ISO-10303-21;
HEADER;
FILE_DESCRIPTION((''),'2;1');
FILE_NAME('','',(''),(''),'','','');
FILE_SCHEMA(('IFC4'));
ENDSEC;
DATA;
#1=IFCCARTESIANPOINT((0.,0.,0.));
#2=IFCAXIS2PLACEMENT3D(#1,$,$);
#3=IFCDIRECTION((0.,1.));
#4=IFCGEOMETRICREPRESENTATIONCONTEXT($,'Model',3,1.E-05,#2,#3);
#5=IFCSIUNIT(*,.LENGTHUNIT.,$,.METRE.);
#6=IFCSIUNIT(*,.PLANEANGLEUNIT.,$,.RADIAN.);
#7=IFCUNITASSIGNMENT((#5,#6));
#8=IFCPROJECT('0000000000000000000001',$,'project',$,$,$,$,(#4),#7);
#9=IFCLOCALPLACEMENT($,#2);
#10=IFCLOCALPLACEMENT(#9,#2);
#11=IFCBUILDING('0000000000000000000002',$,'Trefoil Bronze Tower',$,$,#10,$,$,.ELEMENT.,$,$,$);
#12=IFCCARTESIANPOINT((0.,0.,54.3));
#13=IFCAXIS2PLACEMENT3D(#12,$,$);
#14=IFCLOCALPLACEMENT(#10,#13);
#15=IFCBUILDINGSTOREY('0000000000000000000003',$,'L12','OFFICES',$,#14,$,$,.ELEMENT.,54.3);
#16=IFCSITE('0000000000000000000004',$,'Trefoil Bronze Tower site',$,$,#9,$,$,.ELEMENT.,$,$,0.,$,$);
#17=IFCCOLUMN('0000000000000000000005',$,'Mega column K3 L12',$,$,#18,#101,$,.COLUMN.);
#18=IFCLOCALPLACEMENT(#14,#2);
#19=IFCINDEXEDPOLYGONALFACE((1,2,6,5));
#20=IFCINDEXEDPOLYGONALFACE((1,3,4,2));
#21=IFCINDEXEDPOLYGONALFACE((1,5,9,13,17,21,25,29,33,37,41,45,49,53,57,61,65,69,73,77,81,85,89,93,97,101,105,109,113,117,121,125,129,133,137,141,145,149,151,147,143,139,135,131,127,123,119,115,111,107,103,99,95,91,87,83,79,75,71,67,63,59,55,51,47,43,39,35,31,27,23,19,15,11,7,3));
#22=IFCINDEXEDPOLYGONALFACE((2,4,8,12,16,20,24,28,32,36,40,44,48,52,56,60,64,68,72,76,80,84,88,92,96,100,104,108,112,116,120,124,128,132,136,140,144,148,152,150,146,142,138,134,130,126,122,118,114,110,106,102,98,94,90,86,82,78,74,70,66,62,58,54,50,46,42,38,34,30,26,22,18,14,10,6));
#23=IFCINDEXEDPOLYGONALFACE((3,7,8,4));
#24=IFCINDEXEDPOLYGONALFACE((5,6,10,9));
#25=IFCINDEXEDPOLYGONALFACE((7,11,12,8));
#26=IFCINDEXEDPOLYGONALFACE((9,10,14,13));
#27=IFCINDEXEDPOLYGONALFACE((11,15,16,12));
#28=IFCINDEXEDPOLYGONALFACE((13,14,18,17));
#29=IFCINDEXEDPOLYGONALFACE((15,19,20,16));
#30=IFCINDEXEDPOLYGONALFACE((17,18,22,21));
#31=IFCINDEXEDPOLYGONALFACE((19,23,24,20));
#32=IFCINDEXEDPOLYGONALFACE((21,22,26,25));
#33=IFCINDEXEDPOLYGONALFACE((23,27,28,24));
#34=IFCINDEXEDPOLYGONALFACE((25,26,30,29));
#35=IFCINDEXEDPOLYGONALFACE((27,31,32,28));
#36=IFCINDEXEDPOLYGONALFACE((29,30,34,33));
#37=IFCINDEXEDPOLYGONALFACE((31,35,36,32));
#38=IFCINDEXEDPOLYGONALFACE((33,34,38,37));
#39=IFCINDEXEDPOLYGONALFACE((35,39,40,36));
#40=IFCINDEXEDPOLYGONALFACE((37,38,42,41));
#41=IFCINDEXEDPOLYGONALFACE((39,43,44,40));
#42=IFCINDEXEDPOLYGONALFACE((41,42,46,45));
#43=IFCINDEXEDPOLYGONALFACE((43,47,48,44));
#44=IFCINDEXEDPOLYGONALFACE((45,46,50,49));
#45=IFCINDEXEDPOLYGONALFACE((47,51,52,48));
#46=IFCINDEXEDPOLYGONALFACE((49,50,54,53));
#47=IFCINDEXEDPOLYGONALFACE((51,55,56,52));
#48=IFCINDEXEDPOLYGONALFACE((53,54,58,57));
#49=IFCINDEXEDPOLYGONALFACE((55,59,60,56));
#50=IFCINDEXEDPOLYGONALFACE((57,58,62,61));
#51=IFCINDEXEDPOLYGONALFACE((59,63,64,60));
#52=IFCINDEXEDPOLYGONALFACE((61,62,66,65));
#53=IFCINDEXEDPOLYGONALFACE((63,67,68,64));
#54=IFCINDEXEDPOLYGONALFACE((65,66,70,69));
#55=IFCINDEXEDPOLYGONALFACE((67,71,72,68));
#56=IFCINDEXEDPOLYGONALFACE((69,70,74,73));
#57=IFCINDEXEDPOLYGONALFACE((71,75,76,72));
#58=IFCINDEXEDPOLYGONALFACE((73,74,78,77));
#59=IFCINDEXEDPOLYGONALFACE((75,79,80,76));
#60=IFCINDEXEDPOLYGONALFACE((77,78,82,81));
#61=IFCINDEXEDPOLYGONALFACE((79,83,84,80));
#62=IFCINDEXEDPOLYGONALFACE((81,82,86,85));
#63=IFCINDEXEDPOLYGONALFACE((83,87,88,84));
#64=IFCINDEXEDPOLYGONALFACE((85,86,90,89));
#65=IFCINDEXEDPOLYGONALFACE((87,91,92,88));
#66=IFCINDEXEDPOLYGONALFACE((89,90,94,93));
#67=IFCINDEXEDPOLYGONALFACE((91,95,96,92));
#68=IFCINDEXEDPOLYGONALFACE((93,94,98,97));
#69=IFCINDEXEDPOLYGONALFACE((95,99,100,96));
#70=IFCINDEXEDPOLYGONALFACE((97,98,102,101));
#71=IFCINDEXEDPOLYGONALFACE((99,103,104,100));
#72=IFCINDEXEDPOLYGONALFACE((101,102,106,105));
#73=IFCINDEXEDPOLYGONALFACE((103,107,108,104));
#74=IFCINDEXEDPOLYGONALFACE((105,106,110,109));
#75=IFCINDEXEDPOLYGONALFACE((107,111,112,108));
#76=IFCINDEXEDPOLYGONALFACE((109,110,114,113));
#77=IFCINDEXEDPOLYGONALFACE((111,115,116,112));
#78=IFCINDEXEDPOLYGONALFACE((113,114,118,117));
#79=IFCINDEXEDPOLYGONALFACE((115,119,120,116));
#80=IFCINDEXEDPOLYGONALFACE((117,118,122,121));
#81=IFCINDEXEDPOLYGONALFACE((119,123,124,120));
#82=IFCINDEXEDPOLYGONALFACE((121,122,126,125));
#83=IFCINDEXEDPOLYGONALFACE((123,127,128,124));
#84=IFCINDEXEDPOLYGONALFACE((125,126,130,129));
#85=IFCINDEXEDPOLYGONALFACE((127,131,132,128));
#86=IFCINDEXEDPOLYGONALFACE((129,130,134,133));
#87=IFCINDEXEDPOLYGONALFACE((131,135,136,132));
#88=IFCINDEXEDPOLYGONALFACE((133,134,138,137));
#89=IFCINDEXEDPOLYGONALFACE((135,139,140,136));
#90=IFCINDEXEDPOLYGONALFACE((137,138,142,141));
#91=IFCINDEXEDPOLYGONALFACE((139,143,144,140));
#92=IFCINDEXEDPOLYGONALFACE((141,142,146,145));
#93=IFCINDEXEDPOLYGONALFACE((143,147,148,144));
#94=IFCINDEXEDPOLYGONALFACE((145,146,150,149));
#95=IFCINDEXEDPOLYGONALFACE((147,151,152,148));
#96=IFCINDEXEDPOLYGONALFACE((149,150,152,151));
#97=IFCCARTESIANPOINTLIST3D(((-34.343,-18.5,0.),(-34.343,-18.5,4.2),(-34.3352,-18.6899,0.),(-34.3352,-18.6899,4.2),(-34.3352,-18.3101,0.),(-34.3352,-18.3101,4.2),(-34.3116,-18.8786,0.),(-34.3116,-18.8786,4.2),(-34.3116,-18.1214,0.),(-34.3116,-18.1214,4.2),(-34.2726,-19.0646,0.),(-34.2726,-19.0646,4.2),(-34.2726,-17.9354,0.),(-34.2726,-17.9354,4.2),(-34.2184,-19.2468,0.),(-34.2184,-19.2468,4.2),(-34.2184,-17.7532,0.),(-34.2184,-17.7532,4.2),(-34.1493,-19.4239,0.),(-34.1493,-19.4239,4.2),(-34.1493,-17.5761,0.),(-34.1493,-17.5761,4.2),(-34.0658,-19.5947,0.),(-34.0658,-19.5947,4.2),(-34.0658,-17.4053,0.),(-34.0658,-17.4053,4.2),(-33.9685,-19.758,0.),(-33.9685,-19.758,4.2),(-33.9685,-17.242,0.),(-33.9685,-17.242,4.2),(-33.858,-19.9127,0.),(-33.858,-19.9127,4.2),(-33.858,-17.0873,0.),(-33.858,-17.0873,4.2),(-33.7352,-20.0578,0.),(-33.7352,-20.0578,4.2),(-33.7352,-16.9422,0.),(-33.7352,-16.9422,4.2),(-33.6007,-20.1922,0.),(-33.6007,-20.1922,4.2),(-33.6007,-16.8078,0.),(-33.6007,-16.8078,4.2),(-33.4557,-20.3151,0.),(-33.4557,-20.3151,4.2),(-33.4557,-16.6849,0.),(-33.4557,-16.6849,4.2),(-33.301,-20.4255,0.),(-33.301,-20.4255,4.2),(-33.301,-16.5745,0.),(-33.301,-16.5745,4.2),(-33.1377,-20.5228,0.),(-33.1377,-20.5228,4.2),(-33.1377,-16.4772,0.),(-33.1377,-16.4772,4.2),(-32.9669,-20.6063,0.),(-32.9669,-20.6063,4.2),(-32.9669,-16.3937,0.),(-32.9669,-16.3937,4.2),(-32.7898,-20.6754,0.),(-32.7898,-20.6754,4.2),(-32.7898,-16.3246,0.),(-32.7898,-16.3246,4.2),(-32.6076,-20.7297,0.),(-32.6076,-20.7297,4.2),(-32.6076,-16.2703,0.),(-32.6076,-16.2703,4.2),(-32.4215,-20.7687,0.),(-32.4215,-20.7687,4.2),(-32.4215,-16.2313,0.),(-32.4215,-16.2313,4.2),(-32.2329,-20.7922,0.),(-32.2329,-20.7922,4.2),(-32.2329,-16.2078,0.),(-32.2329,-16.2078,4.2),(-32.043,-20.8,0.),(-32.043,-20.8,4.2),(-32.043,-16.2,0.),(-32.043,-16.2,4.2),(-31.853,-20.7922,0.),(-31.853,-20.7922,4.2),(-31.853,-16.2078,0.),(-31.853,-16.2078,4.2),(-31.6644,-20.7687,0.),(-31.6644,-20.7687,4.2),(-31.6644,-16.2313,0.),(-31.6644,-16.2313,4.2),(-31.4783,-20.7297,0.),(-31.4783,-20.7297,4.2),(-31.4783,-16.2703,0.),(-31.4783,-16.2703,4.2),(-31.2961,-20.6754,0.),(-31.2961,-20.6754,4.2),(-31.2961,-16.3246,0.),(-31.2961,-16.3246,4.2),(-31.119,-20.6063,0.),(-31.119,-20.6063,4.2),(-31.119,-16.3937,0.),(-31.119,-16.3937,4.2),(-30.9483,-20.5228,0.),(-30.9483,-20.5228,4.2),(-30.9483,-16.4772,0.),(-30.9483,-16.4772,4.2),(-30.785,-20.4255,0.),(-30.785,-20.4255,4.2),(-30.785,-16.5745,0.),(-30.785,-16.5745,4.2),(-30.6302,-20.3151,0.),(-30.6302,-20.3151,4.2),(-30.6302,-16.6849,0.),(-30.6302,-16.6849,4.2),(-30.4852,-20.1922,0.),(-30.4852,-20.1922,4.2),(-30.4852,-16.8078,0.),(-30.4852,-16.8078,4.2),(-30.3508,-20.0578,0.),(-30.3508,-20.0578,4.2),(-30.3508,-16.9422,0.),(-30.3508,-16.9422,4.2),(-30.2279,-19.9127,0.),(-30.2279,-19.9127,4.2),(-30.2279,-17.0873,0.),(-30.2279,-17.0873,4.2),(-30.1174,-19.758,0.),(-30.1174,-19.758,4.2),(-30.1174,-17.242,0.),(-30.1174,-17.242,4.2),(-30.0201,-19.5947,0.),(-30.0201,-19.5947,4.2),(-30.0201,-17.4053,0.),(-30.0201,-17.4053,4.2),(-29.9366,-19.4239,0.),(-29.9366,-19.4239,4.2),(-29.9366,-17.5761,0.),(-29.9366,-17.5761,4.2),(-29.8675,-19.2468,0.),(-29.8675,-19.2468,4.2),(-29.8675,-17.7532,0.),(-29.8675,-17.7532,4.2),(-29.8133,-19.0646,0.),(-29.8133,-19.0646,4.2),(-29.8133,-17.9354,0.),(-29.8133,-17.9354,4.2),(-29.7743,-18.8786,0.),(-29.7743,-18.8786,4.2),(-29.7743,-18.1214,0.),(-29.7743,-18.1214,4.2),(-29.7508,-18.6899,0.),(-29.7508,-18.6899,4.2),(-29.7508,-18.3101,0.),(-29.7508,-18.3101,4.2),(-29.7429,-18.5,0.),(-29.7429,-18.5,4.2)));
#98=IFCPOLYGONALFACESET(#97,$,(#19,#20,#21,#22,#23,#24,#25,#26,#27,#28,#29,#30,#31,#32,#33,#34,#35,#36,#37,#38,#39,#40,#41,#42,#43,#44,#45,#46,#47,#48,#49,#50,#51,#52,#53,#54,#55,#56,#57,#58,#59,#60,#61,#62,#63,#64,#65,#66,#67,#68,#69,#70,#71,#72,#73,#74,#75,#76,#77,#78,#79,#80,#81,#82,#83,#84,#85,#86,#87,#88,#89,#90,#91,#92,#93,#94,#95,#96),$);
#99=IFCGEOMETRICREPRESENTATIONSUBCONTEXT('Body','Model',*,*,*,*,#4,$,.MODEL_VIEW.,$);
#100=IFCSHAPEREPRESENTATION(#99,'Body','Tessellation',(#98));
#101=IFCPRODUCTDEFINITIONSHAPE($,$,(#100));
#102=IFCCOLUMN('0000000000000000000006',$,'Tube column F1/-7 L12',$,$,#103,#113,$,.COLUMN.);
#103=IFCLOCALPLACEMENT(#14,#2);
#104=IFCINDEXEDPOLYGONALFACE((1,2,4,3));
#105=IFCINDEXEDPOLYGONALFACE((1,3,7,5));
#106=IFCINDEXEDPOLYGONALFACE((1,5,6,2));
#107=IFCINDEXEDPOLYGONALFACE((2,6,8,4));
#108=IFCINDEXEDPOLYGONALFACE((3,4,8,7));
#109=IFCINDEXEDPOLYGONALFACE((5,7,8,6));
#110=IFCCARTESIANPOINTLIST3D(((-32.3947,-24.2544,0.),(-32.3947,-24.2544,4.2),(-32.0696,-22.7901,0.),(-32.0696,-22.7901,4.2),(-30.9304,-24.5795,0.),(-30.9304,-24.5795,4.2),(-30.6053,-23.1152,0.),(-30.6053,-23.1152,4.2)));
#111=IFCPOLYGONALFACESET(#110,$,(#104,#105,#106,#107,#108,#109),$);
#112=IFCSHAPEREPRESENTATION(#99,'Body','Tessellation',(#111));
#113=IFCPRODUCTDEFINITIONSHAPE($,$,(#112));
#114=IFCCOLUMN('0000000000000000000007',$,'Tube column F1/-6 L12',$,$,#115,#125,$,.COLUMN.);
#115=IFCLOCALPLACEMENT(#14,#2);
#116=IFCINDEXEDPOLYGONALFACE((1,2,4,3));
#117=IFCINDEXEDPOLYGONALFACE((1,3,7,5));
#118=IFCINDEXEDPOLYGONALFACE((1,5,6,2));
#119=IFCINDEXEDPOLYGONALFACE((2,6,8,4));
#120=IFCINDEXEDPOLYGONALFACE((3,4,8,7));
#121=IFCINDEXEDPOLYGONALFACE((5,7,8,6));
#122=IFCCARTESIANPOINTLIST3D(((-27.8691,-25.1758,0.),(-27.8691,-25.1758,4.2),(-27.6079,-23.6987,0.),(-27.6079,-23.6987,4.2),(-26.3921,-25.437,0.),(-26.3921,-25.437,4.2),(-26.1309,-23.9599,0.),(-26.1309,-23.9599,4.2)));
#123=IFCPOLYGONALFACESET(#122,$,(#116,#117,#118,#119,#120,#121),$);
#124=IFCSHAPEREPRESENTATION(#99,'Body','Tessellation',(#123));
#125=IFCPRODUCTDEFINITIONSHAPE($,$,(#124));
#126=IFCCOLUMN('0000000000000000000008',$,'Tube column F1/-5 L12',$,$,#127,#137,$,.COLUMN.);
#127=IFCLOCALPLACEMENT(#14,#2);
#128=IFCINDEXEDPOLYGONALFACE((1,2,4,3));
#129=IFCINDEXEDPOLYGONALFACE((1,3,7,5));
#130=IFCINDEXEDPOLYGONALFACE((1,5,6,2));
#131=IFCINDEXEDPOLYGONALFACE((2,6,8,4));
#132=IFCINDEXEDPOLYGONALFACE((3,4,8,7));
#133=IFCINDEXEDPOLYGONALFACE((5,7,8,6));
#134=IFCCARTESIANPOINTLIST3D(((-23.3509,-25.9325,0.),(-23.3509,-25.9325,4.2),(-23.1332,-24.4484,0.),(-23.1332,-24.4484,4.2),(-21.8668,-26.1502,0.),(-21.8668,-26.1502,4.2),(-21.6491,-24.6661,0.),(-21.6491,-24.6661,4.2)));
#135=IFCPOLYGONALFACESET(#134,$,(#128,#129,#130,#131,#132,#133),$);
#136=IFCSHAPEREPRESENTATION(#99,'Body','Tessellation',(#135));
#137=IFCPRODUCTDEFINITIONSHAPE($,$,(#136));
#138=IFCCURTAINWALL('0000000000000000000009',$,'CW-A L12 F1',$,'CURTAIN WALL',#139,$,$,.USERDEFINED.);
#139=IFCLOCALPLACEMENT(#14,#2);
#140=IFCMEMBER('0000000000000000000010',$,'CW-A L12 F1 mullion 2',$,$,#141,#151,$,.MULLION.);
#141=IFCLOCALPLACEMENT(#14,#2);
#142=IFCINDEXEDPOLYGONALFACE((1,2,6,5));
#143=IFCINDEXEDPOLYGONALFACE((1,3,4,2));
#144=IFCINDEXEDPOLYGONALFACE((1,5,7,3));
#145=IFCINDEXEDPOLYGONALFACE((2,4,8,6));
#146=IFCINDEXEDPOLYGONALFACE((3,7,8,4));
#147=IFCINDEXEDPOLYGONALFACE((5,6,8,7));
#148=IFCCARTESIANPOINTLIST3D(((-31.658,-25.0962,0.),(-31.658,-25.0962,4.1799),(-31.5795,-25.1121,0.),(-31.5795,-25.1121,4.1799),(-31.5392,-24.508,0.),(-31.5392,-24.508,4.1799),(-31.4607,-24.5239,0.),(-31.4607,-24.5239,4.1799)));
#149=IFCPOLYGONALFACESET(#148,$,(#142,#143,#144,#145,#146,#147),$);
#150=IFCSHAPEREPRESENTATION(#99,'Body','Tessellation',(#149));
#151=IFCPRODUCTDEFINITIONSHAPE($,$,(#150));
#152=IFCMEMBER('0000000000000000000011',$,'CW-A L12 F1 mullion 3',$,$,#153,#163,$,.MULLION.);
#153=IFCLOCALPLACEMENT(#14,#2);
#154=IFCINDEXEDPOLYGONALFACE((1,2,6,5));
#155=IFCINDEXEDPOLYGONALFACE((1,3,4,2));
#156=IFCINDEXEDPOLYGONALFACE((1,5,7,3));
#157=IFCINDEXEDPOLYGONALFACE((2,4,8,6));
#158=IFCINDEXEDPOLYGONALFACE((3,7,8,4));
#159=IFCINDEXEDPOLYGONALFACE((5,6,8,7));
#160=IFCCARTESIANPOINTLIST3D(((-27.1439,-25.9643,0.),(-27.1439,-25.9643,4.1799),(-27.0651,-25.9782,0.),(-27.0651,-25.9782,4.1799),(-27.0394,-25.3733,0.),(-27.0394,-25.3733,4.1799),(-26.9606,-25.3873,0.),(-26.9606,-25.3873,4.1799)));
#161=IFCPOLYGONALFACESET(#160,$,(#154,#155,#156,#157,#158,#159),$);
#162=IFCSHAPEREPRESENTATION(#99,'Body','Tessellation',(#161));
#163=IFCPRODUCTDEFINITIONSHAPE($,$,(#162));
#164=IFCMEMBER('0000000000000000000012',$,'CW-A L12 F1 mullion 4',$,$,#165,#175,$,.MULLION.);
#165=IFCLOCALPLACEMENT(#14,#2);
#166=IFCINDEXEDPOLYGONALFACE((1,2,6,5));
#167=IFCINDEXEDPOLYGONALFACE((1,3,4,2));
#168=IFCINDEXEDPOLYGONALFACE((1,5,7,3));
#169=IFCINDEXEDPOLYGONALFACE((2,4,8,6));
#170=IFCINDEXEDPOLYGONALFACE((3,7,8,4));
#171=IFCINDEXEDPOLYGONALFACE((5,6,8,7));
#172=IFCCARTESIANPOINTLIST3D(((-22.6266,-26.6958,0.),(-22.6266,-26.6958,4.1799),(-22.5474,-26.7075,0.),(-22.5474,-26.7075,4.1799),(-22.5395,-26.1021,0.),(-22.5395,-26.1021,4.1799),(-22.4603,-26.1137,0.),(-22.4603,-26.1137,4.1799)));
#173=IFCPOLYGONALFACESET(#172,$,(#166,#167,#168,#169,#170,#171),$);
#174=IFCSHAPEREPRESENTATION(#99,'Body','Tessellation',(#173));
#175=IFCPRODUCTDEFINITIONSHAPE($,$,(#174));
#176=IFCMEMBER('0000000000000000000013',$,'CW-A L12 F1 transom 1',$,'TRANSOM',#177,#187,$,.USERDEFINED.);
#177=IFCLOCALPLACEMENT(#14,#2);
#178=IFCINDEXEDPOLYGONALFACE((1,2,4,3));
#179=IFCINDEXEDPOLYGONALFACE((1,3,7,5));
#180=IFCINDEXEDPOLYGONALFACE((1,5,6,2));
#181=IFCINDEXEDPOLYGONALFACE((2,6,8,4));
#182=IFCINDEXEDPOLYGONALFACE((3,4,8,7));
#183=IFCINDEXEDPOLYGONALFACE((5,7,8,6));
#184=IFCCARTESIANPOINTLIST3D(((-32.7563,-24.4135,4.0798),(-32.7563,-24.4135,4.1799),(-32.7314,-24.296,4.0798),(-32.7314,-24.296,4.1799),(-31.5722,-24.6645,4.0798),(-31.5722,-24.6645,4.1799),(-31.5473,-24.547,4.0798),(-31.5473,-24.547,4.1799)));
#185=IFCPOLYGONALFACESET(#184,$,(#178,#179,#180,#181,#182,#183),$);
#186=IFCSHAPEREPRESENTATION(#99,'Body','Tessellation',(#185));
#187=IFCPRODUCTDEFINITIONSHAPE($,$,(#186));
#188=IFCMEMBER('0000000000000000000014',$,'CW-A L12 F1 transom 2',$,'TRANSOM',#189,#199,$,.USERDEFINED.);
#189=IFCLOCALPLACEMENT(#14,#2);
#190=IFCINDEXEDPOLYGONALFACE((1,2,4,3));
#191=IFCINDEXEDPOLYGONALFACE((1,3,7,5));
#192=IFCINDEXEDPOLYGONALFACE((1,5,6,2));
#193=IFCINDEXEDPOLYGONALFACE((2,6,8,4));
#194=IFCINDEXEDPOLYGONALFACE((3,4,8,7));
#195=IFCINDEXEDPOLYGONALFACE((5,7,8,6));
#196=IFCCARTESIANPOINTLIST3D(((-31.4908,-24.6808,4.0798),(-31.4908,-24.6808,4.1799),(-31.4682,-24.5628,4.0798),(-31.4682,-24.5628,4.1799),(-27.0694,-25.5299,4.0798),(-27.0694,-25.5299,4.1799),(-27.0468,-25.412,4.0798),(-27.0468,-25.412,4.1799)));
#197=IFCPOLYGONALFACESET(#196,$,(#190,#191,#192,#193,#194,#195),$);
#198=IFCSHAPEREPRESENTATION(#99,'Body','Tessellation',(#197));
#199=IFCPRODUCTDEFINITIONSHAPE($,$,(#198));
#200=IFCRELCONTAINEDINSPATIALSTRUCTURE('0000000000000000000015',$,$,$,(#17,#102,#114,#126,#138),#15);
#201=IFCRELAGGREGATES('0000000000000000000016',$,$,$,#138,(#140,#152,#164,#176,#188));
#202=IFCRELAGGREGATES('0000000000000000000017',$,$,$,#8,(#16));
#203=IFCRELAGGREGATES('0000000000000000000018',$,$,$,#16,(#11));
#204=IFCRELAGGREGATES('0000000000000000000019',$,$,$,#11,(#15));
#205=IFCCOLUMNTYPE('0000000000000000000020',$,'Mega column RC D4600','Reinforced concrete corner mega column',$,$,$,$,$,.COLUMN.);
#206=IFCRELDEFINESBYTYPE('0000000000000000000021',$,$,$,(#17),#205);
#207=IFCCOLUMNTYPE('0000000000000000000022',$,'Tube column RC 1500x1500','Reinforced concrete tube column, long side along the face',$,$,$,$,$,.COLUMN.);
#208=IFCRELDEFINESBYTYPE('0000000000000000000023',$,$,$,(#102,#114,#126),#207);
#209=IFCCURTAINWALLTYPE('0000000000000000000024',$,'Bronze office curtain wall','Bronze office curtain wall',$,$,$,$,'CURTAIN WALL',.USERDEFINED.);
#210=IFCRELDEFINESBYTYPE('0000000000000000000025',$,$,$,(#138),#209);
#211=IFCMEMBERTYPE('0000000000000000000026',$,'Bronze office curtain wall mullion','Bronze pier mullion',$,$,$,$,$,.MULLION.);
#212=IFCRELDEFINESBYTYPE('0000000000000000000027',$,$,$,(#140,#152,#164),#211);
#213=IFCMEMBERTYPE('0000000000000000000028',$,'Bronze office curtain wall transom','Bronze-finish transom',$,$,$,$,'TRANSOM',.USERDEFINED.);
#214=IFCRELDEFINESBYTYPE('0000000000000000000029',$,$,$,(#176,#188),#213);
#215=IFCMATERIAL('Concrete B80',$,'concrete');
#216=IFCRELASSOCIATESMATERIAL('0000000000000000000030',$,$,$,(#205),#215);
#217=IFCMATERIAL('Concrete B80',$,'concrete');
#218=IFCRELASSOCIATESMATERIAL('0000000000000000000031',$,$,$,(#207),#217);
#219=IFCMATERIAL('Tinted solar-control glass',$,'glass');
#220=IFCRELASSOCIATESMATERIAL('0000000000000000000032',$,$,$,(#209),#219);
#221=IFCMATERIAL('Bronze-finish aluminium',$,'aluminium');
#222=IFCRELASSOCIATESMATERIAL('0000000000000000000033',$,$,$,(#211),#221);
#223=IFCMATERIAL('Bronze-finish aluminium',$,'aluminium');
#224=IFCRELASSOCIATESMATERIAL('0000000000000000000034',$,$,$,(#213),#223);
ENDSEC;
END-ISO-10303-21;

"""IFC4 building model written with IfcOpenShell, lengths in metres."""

from ifc_helpers import new_model, si_unit, direction, frame, origin, origin_2d, place, context, subcontext, project, spatial, rectangle, circle, extrude, material, material_profile, profile_set, type_object, element, aggregate, save


model = new_model("IFC4")

# Units and contexts
model_context = context("Model", 3, precision=1e-05, world=origin(), true_north=direction((0.0, 1.0)))
body_context = subcontext(model_context, "Body", "Model", "MODEL_VIEW")
ifc_project = project(units=[si_unit("LENGTHUNIT", "METRE"), si_unit("PLANEANGLEUNIT", "RADIAN")], contexts=[model_context])

# Site, building, storey
site_placement = place(None, origin())
site = spatial("IfcSite", under=ifc_project, at=site_placement, Name="Trefoil Bronze Tower site", CompositionType="ELEMENT", RefElevation=0.0)
building_placement = place(site_placement, origin())
building = spatial("IfcBuilding", under=site, at=building_placement, Name="Trefoil Bronze Tower", CompositionType="ELEMENT")
storey_placement = place(building_placement, frame((0.0, 0.0, 54.3)))
storey = spatial("IfcBuildingStorey", under=building, at=storey_placement, Name="L12", Description="OFFICES", CompositionType="ELEMENT", Elevation=54.3)

# Columns
ifc_material_1 = material(Name="Concrete B80", Category="concrete")
ifc_material_profile_1 = material_profile(ifc_material_1, circle(Radius=2.3, at=origin_2d()), Name="RC D4600")
ifc_profile_set_1 = profile_set([ifc_material_profile_1], Name="Concrete B80")
column_type_1 = type_object("IfcColumnType", Name="Mega column RC D4600", Description="Reinforced concrete corner mega column", PredefinedType="COLUMN", material=ifc_profile_set_1)
column_placement = place(storey_placement, frame((-32.043, -18.5, 0.0), z_axis=(0.0, 0.0, 1.0), x_axis=(1.0, 0.0, 0.0)))
element("IfcColumn", 1, at=column_placement, inside=storey, type_object=column_type_1, Name="Mega column K3 L12", PredefinedType="COLUMN", context=body_context, shape_type="SweptSolid", body=[
    extrude(circle(Radius=2.3, at=origin_2d()), origin(), (0.0, 0.0, 1.0), 4.2),
])
ifc_material_2 = material(Name="Concrete B80", Category="concrete")
ifc_material_profile_2 = material_profile(ifc_material_2, rectangle(XDim=1.5, YDim=1.5, at=origin_2d()), Name="RC 1500x1500")
ifc_profile_set_2 = profile_set([ifc_material_profile_2], Name="Concrete B80")
column_type_2 = type_object("IfcColumnType", Name="Tube column RC 1500x1500", Description="Reinforced concrete tube column, long side along the face", PredefinedType="COLUMN", material=ifc_profile_set_2)
for number, where, z_axis, x_axis, name in (
    (2, (-31.5, -23.6848, 0.0), (0.0, 0.0, 1.0), (0.97623, -0.216739, 0.0), "Tube column F1/-7 L12"),
    (3, (-27.0, -24.5679, 0.0), (0.0, 0.0, 1.0), (0.984722, -0.174131, 0.0), "Tube column F1/-6 L12"),
    (4, (-22.5, -25.2993, 0.0), (0.0, 0.0, 1.0), (0.989416, -0.145109, 0.0), "Tube column F1/-5 L12"),
):
    element("IfcColumn", number, at=place(storey_placement, frame(where, z_axis=z_axis, x_axis=x_axis)), inside=storey, type_object=column_type_2, Name=name, PredefinedType="COLUMN", context=body_context, shape_type="SweptSolid", body=[
        extrude(rectangle(XDim=1.5, YDim=1.5, at=origin_2d()), origin(), (0.0, 0.0, 1.0), 4.2),
    ])

# Curtain wall, members
ifc_material_3 = material(Name="Tinted solar-control glass", Category="glass")
curtain_wall_type_1 = type_object("IfcCurtainWallType", Name="Bronze office curtain wall", Description="Bronze office curtain wall", ElementType="CURTAIN WALL", PredefinedType="USERDEFINED", material=ifc_material_3)
curtain_wall_1_placement = place(storey_placement, origin())
curtain_wall_1 = element("IfcCurtainWall", 5, at=curtain_wall_1_placement, inside=storey, type_object=curtain_wall_type_1, Name="CW-A L12 F1", ObjectType="CURTAIN WALL", PredefinedType="USERDEFINED")
ifc_material_4 = material(Name="Bronze-finish aluminium", Category="aluminium")
ifc_material_profile_3 = material_profile(ifc_material_4, rectangle(XDim=0.6001, YDim=0.0801, at=origin_2d()), Name="CW-A mullion")
ifc_profile_set_3 = profile_set([ifc_material_profile_3], Name="Bronze-finish aluminium")
member_type_1 = type_object("IfcMemberType", Name="Bronze office curtain wall mullion", Description="Bronze pier mullion", PredefinedType="MULLION", material=ifc_profile_set_3)
member_1_placement = place(storey_placement, frame((-31.5593, -24.8101, 0.0), z_axis=(0.0, 0.0, 1.0), x_axis=(0.19791, 0.98022, 0.0)))
member_1 = element("IfcMember", 6, at=member_1_placement, type_object=member_type_1, Name="CW-A L12 F1 mullion 2", PredefinedType="MULLION", context=body_context, shape_type="SweptSolid", body=[
    extrude(rectangle(XDim=0.6001, YDim=0.0801, at=origin_2d()), origin(), (0.0, 0.0, 1.0), 4.1799),
])
member_2_placement = place(storey_placement, frame((-27.0522, -25.6758, 0.0), z_axis=(0.0, 0.0, 1.0), x_axis=(0.174131, 0.984722, 0.0)))
member_2 = element("IfcMember", 7, at=member_2_placement, type_object=member_type_1, Name="CW-A L12 F1 mullion 3", PredefinedType="MULLION", context=body_context, shape_type="SweptSolid", body=[
    extrude(rectangle(XDim=0.6001, YDim=0.0801, at=origin_2d()), origin(), (0.0, 0.0, 1.0), 4.1799),
])
member_3_placement = place(storey_placement, frame((-22.5435, -26.4048, 0.0), z_axis=(0.0, 0.0, 1.0), x_axis=(0.145109, 0.989416, 0.0)))
member_3 = element("IfcMember", 8, at=member_3_placement, type_object=member_type_1, Name="CW-A L12 F1 mullion 4", PredefinedType="MULLION", context=body_context, shape_type="SweptSolid", body=[
    extrude(rectangle(XDim=0.6001, YDim=0.0801, at=origin_2d()), origin(), (0.0, 0.0, 1.0), 4.1799),
])
ifc_material_5 = material(Name="Bronze-finish aluminium", Category="aluminium")
ifc_material_profile_4 = material_profile(ifc_material_5, rectangle(XDim=0.1201, YDim=0.1001, at=origin_2d()), Name="CW-A transom")
ifc_profile_set_4 = profile_set([ifc_material_profile_4], Name="Bronze-finish aluminium")
member_type_2 = type_object("IfcMemberType", Name="Bronze office curtain wall transom", Description="Bronze-finish transom", ElementType="TRANSOM", PredefinedType="USERDEFINED", material=ifc_profile_set_4)
member_4_placement = place(storey_placement, frame((-32.7439, -24.3547, 4.1299), z_axis=(0.978266, -0.207352, 0.0), x_axis=(0.207352, 0.978266, 0.0)))
member_4 = element("IfcMember", 9, at=member_4_placement, type_object=member_type_2, Name="CW-A L12 F1 transom 1", ObjectType="TRANSOM", PredefinedType="USERDEFINED", context=body_context, shape_type="SweptSolid", body=[
    extrude(rectangle(XDim=0.1201, YDim=0.1001, at=origin_2d()), origin(), (0.0, 0.0, 1.0), 1.2104),
])
member_5_placement = place(storey_placement, frame((-31.4795, -24.6218, 4.1299), z_axis=(0.982054, -0.188602, 0.0), x_axis=(0.188602, 0.982054, 0.0)))
member_5 = element("IfcMember", 10, at=member_5_placement, type_object=member_type_2, Name="CW-A L12 F1 transom 2", ObjectType="TRANSOM", PredefinedType="USERDEFINED", context=body_context, shape_type="SweptSolid", body=[
    extrude(rectangle(XDim=0.1201, YDim=0.1001, at=origin_2d()), origin(), (0.0, 0.0, 1.0), 4.5022),
])

aggregate(curtain_wall_1, [member_1, member_2, member_3, member_4, member_5])

save(model, "model.ifc")
